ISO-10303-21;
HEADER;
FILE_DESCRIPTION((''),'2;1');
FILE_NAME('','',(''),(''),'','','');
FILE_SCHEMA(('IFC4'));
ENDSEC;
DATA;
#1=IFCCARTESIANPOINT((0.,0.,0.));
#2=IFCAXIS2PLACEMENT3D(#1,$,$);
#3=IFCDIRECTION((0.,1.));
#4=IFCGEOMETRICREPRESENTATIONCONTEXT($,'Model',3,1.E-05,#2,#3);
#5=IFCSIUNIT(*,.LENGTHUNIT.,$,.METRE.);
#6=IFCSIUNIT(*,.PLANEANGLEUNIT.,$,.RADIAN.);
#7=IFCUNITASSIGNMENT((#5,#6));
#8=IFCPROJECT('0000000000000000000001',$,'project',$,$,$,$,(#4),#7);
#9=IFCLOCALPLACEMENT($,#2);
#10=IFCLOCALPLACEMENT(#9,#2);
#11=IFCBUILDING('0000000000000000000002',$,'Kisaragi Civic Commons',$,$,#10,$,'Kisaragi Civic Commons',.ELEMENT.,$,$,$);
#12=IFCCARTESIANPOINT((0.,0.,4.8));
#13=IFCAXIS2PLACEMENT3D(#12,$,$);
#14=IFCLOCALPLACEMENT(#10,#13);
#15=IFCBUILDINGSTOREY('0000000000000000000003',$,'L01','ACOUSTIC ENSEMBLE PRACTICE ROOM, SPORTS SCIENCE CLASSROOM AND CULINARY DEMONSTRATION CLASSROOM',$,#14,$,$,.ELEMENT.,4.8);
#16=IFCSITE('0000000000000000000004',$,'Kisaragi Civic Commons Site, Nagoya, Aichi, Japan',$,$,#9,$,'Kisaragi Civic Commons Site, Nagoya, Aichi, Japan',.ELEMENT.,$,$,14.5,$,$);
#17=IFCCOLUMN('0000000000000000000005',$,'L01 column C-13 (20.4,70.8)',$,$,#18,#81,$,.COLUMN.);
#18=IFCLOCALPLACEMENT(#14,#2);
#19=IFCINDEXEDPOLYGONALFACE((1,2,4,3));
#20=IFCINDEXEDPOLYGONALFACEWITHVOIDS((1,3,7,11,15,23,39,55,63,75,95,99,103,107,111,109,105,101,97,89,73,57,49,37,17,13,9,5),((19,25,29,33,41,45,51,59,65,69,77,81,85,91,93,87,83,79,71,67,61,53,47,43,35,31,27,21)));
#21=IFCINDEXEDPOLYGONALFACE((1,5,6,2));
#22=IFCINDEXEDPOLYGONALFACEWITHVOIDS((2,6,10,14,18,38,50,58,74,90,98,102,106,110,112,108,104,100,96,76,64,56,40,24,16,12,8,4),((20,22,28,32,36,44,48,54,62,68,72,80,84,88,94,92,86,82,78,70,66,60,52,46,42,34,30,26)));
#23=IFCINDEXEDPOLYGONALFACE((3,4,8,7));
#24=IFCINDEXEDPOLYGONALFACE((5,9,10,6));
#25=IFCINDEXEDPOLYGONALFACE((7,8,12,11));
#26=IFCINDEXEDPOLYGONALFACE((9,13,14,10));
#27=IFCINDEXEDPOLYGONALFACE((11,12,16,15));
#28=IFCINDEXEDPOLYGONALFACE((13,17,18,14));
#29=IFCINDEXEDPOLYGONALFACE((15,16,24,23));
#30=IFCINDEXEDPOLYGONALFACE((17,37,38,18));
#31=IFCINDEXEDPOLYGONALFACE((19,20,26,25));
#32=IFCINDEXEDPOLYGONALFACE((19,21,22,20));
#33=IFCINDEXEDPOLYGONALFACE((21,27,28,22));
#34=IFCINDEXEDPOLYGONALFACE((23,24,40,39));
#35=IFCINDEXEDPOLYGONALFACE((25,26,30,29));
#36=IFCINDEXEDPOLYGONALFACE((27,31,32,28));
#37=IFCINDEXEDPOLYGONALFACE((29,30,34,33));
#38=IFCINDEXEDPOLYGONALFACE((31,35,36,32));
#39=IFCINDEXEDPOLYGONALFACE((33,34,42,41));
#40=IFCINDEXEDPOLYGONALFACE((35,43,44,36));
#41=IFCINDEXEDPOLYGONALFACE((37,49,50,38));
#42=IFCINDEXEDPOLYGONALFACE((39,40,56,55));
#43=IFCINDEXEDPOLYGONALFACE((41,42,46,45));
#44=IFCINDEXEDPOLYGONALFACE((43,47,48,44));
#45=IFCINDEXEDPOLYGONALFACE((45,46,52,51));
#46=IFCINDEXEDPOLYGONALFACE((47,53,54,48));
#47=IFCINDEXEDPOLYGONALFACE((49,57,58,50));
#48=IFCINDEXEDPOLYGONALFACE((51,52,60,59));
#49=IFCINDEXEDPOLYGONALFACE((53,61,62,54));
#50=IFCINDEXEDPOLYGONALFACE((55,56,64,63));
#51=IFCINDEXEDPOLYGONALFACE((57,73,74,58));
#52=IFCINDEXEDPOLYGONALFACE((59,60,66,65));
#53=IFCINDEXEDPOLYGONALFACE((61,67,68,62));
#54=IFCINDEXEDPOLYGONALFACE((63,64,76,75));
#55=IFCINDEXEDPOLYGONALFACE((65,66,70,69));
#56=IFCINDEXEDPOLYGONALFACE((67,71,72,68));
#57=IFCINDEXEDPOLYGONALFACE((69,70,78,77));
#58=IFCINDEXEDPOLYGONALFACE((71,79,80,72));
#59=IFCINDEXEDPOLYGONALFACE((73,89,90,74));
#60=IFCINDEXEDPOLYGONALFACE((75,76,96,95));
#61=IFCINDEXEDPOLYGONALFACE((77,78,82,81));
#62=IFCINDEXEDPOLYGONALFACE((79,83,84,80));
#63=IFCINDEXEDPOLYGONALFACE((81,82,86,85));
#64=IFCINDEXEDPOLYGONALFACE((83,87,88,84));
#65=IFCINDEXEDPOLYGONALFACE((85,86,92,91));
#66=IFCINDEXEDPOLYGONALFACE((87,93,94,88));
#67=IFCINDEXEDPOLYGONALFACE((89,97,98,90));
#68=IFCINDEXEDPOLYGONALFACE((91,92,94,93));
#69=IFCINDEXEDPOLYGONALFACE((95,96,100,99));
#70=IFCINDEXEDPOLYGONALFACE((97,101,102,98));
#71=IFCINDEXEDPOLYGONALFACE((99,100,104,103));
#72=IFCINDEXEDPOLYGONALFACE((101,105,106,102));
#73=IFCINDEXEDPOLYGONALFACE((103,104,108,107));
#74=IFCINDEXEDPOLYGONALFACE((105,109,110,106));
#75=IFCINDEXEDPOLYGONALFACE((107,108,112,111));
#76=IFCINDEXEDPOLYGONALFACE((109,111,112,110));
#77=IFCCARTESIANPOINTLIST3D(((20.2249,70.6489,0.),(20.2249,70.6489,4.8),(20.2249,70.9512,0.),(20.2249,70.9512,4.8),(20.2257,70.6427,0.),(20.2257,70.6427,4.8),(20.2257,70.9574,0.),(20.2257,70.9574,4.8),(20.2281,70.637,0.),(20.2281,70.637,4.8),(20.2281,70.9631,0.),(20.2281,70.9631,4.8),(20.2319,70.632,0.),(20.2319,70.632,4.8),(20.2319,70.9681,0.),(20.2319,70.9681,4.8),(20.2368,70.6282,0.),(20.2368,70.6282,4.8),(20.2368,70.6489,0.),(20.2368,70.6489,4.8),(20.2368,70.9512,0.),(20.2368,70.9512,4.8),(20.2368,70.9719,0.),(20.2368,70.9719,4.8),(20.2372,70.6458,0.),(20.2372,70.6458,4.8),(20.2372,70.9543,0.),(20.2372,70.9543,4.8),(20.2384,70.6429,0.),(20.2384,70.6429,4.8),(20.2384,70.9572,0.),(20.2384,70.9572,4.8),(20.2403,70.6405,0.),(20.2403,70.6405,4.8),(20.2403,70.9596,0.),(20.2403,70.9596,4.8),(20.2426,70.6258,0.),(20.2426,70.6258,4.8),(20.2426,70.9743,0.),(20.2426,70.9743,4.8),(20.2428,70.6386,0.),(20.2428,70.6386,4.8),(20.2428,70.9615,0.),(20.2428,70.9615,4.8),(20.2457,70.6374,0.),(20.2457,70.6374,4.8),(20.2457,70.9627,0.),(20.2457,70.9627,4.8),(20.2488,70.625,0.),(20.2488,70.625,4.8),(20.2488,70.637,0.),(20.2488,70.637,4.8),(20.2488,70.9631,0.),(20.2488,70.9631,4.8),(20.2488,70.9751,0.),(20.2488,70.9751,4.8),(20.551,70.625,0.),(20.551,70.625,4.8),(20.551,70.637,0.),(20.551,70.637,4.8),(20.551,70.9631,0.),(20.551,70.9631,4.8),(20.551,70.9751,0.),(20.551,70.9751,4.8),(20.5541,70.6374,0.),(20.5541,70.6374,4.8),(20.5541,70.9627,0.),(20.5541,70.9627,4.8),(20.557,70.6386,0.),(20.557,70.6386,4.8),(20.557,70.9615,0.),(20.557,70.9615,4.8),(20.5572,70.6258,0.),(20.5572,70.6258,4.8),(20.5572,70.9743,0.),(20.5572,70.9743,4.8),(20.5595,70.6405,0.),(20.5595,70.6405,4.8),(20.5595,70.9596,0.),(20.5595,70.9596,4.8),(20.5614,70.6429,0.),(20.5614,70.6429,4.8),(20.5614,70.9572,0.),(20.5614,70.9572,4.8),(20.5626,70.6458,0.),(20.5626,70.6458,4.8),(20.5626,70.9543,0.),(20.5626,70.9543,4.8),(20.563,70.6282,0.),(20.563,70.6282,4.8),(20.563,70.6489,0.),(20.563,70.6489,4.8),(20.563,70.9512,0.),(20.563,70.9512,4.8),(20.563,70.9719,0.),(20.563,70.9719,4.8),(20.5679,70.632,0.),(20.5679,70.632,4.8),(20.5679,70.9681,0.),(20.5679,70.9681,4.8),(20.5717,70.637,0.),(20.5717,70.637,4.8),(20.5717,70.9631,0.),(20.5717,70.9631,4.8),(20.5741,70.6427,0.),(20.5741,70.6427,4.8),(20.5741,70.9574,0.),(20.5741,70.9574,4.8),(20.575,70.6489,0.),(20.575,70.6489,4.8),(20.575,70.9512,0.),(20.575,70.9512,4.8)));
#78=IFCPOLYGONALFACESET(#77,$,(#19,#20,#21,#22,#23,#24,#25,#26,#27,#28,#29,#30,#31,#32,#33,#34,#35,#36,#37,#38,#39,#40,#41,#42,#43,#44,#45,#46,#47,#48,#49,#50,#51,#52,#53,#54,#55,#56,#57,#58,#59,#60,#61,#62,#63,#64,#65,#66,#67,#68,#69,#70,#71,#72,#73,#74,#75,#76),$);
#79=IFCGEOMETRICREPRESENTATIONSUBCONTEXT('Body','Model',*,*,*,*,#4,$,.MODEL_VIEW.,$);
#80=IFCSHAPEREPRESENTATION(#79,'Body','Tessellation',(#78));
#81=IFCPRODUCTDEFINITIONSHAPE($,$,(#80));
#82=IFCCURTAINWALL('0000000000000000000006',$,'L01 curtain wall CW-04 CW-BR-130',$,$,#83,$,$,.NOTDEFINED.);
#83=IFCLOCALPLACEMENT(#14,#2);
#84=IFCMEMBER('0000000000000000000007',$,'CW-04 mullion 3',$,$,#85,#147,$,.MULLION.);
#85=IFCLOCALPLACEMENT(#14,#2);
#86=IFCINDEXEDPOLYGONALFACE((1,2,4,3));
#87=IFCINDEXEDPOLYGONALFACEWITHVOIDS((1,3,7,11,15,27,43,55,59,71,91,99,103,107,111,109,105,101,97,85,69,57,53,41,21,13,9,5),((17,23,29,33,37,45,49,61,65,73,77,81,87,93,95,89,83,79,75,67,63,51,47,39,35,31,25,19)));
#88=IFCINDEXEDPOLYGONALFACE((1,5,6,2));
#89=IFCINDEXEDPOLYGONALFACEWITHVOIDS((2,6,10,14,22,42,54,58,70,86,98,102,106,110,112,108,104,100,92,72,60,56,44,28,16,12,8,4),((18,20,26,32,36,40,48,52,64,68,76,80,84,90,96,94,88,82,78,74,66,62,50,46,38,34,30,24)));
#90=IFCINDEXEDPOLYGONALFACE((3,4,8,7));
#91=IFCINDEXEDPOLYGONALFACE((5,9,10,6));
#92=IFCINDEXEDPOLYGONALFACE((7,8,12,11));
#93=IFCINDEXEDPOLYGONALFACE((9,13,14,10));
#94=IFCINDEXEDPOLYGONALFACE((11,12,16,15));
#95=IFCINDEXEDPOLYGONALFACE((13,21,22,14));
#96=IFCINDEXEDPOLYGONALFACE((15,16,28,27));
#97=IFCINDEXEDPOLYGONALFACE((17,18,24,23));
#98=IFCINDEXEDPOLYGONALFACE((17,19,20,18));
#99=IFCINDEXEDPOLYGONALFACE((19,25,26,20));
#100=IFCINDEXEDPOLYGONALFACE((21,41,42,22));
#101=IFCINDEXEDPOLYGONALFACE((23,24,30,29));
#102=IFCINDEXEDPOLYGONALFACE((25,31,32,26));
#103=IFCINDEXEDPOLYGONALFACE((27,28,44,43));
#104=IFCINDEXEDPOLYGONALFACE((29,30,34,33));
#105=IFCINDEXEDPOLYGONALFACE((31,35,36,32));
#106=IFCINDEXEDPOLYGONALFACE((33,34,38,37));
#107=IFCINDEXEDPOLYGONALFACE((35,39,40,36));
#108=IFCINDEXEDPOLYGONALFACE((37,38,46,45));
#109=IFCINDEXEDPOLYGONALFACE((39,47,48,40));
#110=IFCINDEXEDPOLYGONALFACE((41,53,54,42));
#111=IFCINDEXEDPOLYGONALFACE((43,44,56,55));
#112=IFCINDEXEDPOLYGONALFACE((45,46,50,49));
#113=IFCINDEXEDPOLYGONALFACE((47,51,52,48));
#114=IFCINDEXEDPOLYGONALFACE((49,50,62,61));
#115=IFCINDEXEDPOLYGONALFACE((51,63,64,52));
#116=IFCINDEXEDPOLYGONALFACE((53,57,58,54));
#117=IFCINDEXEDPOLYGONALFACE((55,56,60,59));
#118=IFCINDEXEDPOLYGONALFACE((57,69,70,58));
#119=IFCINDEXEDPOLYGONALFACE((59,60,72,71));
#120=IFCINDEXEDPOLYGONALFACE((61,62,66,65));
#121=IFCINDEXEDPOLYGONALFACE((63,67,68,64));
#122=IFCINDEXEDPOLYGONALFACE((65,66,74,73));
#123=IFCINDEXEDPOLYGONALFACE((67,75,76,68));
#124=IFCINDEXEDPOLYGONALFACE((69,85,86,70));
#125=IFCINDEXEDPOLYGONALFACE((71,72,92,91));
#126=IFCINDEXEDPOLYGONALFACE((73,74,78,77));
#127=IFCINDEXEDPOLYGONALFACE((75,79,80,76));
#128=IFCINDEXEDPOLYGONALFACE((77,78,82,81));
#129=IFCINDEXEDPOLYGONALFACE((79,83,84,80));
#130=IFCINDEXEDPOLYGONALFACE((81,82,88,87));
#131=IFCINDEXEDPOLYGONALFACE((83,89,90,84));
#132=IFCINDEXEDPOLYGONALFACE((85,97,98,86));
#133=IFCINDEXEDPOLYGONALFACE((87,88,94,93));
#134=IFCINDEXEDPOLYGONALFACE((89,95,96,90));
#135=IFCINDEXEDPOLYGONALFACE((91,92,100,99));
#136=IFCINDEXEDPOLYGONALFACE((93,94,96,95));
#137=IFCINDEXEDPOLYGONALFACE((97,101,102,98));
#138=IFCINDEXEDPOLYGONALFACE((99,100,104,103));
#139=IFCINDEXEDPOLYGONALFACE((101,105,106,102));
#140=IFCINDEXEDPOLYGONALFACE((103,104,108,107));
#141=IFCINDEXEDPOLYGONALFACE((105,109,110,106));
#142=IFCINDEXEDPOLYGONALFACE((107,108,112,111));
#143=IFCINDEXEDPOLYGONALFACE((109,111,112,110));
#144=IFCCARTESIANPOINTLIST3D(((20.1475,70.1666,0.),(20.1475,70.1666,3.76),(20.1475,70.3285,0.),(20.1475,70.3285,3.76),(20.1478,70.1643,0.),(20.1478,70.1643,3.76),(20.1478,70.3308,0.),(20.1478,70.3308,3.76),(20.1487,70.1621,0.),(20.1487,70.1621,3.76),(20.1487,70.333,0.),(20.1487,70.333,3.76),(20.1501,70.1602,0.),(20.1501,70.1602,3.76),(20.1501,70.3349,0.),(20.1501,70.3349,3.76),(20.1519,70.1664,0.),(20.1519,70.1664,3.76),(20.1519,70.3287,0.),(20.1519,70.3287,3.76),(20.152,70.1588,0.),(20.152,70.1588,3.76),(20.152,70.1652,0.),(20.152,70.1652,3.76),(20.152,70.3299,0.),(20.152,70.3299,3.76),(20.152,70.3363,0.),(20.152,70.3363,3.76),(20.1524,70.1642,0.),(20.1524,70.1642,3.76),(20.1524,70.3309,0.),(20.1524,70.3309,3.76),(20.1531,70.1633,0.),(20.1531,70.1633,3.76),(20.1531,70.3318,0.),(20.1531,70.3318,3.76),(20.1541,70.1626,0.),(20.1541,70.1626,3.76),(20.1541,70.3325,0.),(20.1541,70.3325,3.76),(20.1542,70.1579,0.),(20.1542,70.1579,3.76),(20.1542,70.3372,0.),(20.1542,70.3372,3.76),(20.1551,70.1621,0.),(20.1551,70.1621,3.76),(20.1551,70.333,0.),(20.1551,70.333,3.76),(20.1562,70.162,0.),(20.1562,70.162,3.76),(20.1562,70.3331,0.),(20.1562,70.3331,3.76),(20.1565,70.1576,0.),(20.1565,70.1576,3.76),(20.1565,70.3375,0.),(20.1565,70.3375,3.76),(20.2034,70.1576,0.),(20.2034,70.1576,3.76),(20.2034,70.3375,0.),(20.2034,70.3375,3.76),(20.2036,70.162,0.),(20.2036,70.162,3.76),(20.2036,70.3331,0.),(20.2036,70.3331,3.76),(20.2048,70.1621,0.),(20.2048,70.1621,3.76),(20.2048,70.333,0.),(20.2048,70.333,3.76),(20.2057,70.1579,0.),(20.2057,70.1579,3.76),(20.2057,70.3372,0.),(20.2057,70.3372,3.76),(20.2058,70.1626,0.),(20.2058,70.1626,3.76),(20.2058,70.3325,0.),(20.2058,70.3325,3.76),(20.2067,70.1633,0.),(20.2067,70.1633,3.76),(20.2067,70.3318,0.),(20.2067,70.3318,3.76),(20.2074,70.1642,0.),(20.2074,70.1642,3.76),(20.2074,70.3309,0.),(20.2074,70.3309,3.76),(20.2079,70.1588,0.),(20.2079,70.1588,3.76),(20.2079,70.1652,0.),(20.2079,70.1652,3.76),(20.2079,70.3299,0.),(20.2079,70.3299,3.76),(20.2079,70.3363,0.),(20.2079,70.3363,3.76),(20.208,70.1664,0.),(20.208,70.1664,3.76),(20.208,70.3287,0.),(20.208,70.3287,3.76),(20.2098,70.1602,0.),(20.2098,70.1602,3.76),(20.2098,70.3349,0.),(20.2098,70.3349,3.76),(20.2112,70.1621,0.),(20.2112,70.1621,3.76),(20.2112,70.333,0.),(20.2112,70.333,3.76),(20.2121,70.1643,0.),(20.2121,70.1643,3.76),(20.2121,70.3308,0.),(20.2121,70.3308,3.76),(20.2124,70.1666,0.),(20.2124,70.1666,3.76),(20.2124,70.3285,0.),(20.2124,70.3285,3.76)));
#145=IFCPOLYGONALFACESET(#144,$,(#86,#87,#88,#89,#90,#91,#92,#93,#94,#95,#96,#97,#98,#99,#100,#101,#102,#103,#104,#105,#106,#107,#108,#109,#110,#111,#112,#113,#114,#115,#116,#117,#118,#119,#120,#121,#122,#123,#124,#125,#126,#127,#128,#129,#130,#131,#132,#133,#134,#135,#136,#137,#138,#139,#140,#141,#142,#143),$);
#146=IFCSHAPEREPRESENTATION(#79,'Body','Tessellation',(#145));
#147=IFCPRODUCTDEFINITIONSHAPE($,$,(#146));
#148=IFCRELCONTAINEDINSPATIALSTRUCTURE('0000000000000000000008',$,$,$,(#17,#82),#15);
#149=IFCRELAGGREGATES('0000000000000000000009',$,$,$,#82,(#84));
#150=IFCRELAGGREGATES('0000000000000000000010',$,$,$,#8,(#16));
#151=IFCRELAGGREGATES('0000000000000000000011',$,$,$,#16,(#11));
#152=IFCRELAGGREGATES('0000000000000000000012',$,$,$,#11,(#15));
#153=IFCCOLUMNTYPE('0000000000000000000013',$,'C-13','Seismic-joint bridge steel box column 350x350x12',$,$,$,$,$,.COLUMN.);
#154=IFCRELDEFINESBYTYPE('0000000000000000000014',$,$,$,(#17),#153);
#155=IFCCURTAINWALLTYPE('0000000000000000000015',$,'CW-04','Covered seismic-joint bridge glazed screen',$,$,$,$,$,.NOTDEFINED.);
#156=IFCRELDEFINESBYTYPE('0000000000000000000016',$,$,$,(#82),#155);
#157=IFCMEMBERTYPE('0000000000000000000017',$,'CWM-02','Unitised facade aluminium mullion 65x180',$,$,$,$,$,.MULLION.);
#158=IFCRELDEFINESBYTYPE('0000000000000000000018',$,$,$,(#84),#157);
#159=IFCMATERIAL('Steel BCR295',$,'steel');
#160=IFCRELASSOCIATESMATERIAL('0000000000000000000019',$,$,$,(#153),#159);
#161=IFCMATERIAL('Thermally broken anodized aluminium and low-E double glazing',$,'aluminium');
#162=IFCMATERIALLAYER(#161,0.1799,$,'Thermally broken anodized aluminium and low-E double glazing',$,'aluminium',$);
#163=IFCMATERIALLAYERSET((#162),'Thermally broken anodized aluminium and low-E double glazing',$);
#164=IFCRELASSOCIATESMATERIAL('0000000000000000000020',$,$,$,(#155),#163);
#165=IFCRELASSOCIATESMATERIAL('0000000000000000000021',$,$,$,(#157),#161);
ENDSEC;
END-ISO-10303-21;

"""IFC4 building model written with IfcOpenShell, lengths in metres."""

from ifc_helpers import new_model, si_unit, direction, frame, origin, origin_2d, place, context, subcontext, project, spatial, hollow_rectangle, extrude, material, layer, layer_set, material_profile, profile_set, type_object, element, aggregate, save


model = new_model("IFC4")

# Units and contexts
model_context = context("Model", 3, precision=1e-05, world=origin(), true_north=direction((0.0, 1.0)))
body_context = subcontext(model_context, "Body", "Model", "MODEL_VIEW")
ifc_project = project(units=[si_unit("LENGTHUNIT", "METRE"), si_unit("PLANEANGLEUNIT", "RADIAN")], contexts=[model_context])

# Site, building, storey
site_placement = place(None, origin())
site = spatial("IfcSite", under=ifc_project, at=site_placement, Name="Kisaragi Civic Commons Site, Nagoya, Aichi, Japan", LongName="Kisaragi Civic Commons Site, Nagoya, Aichi, Japan", CompositionType="ELEMENT", RefElevation=14.5)
building_placement = place(site_placement, origin())
building = spatial("IfcBuilding", under=site, at=building_placement, Name="Kisaragi Civic Commons", LongName="Kisaragi Civic Commons", CompositionType="ELEMENT")
storey_placement = place(building_placement, frame((0.0, 0.0, 4.8)))
storey = spatial("IfcBuildingStorey", under=building, at=storey_placement, Name="L01", Description="ACOUSTIC ENSEMBLE PRACTICE ROOM, SPORTS SCIENCE CLASSROOM AND CULINARY DEMONSTRATION CLASSROOM", CompositionType="ELEMENT", Elevation=4.8)

# Column
ifc_material_1 = material(Name="Steel BCR295", Category="steel")
ifc_material_profile_1 = material_profile(ifc_material_1, hollow_rectangle(XDim=0.3501, YDim=0.3501, WallThickness=0.012, InnerFilletRadius=0.012, OuterFilletRadius=0.0239, at=origin_2d()), Name="BCR-350x350x12", Category="steel")
ifc_profile_set_1 = profile_set([ifc_material_profile_1], Name="Steel BCR295")
column_type = type_object("IfcColumnType", Name="C-13", Description="Seismic-joint bridge steel box column 350x350x12", PredefinedType="COLUMN", material=ifc_profile_set_1)
column_placement = place(storey_placement, frame((20.3999, 70.8, 0.0), z_axis=(0.0, 0.0, 1.0), x_axis=(1.0, 0.0, 0.0)))
element("IfcColumn", 1, at=column_placement, inside=storey, type_object=column_type, Name="L01 column C-13 (20.4,70.8)", PredefinedType="COLUMN", context=body_context, shape_type="SweptSolid", body=[
    extrude(hollow_rectangle(XDim=0.3501, YDim=0.3501, WallThickness=0.012, InnerFilletRadius=0.012, OuterFilletRadius=0.0239, at=origin_2d()), origin(), (0.0, 0.0, 1.0), 4.8),
])

# Curtain wall, member
ifc_material_2 = material(Name="Thermally broken anodized aluminium and low-E double glazing", Category="aluminium")
ifc_layer_1 = layer(ifc_material_2, 0.1799, Name="Thermally broken anodized aluminium and low-E double glazing", Category="aluminium")
ifc_layer_set_1 = layer_set([ifc_layer_1], Name="Thermally broken anodized aluminium and low-E double glazing")
curtain_wall_type = type_object("IfcCurtainWallType", Name="CW-04", Description="Covered seismic-joint bridge glazed screen", PredefinedType="NOTDEFINED", material=ifc_layer_set_1)
curtain_wall_1_placement = place(storey_placement, origin())
curtain_wall_1 = element("IfcCurtainWall", 2, at=curtain_wall_1_placement, inside=storey, type_object=curtain_wall_type, Name="L01 curtain wall CW-04 CW-BR-130", PredefinedType="NOTDEFINED")
ifc_material_profile_2 = material_profile(ifc_material_2, hollow_rectangle(XDim=0.0649, YDim=0.1799, WallThickness=0.0044, InnerFilletRadius=0.0044, OuterFilletRadius=0.009, at=origin_2d()), Name="CWM-65x180x4.5", Category="aluminium")
ifc_profile_set_2 = profile_set([ifc_material_profile_2], Name="Thermally broken anodized aluminium and low-E double glazing")
member_type_1 = type_object("IfcMemberType", Name="CWM-02", Description="Unitised facade aluminium mullion 65x180", PredefinedType="MULLION", material=ifc_profile_set_2)
member_1_placement = place(storey_placement, frame((20.1799, 70.2476, 0.0), z_axis=(0.0, 0.0, 1.0), x_axis=(-1.0, 0.0, 0.0)))
member_1 = element("IfcMember", 3, at=member_1_placement, type_object=member_type_1, Name="CW-04 mullion 3", PredefinedType="MULLION", context=body_context, shape_type="SweptSolid", body=[
    extrude(hollow_rectangle(XDim=0.0649, YDim=0.1799, WallThickness=0.0044, InnerFilletRadius=0.0044, OuterFilletRadius=0.009, at=origin_2d()), origin(), (0.0, 0.0, 1.0), 3.76),
])

aggregate(curtain_wall_1, [member_1])

save(model, "model.ifc")
